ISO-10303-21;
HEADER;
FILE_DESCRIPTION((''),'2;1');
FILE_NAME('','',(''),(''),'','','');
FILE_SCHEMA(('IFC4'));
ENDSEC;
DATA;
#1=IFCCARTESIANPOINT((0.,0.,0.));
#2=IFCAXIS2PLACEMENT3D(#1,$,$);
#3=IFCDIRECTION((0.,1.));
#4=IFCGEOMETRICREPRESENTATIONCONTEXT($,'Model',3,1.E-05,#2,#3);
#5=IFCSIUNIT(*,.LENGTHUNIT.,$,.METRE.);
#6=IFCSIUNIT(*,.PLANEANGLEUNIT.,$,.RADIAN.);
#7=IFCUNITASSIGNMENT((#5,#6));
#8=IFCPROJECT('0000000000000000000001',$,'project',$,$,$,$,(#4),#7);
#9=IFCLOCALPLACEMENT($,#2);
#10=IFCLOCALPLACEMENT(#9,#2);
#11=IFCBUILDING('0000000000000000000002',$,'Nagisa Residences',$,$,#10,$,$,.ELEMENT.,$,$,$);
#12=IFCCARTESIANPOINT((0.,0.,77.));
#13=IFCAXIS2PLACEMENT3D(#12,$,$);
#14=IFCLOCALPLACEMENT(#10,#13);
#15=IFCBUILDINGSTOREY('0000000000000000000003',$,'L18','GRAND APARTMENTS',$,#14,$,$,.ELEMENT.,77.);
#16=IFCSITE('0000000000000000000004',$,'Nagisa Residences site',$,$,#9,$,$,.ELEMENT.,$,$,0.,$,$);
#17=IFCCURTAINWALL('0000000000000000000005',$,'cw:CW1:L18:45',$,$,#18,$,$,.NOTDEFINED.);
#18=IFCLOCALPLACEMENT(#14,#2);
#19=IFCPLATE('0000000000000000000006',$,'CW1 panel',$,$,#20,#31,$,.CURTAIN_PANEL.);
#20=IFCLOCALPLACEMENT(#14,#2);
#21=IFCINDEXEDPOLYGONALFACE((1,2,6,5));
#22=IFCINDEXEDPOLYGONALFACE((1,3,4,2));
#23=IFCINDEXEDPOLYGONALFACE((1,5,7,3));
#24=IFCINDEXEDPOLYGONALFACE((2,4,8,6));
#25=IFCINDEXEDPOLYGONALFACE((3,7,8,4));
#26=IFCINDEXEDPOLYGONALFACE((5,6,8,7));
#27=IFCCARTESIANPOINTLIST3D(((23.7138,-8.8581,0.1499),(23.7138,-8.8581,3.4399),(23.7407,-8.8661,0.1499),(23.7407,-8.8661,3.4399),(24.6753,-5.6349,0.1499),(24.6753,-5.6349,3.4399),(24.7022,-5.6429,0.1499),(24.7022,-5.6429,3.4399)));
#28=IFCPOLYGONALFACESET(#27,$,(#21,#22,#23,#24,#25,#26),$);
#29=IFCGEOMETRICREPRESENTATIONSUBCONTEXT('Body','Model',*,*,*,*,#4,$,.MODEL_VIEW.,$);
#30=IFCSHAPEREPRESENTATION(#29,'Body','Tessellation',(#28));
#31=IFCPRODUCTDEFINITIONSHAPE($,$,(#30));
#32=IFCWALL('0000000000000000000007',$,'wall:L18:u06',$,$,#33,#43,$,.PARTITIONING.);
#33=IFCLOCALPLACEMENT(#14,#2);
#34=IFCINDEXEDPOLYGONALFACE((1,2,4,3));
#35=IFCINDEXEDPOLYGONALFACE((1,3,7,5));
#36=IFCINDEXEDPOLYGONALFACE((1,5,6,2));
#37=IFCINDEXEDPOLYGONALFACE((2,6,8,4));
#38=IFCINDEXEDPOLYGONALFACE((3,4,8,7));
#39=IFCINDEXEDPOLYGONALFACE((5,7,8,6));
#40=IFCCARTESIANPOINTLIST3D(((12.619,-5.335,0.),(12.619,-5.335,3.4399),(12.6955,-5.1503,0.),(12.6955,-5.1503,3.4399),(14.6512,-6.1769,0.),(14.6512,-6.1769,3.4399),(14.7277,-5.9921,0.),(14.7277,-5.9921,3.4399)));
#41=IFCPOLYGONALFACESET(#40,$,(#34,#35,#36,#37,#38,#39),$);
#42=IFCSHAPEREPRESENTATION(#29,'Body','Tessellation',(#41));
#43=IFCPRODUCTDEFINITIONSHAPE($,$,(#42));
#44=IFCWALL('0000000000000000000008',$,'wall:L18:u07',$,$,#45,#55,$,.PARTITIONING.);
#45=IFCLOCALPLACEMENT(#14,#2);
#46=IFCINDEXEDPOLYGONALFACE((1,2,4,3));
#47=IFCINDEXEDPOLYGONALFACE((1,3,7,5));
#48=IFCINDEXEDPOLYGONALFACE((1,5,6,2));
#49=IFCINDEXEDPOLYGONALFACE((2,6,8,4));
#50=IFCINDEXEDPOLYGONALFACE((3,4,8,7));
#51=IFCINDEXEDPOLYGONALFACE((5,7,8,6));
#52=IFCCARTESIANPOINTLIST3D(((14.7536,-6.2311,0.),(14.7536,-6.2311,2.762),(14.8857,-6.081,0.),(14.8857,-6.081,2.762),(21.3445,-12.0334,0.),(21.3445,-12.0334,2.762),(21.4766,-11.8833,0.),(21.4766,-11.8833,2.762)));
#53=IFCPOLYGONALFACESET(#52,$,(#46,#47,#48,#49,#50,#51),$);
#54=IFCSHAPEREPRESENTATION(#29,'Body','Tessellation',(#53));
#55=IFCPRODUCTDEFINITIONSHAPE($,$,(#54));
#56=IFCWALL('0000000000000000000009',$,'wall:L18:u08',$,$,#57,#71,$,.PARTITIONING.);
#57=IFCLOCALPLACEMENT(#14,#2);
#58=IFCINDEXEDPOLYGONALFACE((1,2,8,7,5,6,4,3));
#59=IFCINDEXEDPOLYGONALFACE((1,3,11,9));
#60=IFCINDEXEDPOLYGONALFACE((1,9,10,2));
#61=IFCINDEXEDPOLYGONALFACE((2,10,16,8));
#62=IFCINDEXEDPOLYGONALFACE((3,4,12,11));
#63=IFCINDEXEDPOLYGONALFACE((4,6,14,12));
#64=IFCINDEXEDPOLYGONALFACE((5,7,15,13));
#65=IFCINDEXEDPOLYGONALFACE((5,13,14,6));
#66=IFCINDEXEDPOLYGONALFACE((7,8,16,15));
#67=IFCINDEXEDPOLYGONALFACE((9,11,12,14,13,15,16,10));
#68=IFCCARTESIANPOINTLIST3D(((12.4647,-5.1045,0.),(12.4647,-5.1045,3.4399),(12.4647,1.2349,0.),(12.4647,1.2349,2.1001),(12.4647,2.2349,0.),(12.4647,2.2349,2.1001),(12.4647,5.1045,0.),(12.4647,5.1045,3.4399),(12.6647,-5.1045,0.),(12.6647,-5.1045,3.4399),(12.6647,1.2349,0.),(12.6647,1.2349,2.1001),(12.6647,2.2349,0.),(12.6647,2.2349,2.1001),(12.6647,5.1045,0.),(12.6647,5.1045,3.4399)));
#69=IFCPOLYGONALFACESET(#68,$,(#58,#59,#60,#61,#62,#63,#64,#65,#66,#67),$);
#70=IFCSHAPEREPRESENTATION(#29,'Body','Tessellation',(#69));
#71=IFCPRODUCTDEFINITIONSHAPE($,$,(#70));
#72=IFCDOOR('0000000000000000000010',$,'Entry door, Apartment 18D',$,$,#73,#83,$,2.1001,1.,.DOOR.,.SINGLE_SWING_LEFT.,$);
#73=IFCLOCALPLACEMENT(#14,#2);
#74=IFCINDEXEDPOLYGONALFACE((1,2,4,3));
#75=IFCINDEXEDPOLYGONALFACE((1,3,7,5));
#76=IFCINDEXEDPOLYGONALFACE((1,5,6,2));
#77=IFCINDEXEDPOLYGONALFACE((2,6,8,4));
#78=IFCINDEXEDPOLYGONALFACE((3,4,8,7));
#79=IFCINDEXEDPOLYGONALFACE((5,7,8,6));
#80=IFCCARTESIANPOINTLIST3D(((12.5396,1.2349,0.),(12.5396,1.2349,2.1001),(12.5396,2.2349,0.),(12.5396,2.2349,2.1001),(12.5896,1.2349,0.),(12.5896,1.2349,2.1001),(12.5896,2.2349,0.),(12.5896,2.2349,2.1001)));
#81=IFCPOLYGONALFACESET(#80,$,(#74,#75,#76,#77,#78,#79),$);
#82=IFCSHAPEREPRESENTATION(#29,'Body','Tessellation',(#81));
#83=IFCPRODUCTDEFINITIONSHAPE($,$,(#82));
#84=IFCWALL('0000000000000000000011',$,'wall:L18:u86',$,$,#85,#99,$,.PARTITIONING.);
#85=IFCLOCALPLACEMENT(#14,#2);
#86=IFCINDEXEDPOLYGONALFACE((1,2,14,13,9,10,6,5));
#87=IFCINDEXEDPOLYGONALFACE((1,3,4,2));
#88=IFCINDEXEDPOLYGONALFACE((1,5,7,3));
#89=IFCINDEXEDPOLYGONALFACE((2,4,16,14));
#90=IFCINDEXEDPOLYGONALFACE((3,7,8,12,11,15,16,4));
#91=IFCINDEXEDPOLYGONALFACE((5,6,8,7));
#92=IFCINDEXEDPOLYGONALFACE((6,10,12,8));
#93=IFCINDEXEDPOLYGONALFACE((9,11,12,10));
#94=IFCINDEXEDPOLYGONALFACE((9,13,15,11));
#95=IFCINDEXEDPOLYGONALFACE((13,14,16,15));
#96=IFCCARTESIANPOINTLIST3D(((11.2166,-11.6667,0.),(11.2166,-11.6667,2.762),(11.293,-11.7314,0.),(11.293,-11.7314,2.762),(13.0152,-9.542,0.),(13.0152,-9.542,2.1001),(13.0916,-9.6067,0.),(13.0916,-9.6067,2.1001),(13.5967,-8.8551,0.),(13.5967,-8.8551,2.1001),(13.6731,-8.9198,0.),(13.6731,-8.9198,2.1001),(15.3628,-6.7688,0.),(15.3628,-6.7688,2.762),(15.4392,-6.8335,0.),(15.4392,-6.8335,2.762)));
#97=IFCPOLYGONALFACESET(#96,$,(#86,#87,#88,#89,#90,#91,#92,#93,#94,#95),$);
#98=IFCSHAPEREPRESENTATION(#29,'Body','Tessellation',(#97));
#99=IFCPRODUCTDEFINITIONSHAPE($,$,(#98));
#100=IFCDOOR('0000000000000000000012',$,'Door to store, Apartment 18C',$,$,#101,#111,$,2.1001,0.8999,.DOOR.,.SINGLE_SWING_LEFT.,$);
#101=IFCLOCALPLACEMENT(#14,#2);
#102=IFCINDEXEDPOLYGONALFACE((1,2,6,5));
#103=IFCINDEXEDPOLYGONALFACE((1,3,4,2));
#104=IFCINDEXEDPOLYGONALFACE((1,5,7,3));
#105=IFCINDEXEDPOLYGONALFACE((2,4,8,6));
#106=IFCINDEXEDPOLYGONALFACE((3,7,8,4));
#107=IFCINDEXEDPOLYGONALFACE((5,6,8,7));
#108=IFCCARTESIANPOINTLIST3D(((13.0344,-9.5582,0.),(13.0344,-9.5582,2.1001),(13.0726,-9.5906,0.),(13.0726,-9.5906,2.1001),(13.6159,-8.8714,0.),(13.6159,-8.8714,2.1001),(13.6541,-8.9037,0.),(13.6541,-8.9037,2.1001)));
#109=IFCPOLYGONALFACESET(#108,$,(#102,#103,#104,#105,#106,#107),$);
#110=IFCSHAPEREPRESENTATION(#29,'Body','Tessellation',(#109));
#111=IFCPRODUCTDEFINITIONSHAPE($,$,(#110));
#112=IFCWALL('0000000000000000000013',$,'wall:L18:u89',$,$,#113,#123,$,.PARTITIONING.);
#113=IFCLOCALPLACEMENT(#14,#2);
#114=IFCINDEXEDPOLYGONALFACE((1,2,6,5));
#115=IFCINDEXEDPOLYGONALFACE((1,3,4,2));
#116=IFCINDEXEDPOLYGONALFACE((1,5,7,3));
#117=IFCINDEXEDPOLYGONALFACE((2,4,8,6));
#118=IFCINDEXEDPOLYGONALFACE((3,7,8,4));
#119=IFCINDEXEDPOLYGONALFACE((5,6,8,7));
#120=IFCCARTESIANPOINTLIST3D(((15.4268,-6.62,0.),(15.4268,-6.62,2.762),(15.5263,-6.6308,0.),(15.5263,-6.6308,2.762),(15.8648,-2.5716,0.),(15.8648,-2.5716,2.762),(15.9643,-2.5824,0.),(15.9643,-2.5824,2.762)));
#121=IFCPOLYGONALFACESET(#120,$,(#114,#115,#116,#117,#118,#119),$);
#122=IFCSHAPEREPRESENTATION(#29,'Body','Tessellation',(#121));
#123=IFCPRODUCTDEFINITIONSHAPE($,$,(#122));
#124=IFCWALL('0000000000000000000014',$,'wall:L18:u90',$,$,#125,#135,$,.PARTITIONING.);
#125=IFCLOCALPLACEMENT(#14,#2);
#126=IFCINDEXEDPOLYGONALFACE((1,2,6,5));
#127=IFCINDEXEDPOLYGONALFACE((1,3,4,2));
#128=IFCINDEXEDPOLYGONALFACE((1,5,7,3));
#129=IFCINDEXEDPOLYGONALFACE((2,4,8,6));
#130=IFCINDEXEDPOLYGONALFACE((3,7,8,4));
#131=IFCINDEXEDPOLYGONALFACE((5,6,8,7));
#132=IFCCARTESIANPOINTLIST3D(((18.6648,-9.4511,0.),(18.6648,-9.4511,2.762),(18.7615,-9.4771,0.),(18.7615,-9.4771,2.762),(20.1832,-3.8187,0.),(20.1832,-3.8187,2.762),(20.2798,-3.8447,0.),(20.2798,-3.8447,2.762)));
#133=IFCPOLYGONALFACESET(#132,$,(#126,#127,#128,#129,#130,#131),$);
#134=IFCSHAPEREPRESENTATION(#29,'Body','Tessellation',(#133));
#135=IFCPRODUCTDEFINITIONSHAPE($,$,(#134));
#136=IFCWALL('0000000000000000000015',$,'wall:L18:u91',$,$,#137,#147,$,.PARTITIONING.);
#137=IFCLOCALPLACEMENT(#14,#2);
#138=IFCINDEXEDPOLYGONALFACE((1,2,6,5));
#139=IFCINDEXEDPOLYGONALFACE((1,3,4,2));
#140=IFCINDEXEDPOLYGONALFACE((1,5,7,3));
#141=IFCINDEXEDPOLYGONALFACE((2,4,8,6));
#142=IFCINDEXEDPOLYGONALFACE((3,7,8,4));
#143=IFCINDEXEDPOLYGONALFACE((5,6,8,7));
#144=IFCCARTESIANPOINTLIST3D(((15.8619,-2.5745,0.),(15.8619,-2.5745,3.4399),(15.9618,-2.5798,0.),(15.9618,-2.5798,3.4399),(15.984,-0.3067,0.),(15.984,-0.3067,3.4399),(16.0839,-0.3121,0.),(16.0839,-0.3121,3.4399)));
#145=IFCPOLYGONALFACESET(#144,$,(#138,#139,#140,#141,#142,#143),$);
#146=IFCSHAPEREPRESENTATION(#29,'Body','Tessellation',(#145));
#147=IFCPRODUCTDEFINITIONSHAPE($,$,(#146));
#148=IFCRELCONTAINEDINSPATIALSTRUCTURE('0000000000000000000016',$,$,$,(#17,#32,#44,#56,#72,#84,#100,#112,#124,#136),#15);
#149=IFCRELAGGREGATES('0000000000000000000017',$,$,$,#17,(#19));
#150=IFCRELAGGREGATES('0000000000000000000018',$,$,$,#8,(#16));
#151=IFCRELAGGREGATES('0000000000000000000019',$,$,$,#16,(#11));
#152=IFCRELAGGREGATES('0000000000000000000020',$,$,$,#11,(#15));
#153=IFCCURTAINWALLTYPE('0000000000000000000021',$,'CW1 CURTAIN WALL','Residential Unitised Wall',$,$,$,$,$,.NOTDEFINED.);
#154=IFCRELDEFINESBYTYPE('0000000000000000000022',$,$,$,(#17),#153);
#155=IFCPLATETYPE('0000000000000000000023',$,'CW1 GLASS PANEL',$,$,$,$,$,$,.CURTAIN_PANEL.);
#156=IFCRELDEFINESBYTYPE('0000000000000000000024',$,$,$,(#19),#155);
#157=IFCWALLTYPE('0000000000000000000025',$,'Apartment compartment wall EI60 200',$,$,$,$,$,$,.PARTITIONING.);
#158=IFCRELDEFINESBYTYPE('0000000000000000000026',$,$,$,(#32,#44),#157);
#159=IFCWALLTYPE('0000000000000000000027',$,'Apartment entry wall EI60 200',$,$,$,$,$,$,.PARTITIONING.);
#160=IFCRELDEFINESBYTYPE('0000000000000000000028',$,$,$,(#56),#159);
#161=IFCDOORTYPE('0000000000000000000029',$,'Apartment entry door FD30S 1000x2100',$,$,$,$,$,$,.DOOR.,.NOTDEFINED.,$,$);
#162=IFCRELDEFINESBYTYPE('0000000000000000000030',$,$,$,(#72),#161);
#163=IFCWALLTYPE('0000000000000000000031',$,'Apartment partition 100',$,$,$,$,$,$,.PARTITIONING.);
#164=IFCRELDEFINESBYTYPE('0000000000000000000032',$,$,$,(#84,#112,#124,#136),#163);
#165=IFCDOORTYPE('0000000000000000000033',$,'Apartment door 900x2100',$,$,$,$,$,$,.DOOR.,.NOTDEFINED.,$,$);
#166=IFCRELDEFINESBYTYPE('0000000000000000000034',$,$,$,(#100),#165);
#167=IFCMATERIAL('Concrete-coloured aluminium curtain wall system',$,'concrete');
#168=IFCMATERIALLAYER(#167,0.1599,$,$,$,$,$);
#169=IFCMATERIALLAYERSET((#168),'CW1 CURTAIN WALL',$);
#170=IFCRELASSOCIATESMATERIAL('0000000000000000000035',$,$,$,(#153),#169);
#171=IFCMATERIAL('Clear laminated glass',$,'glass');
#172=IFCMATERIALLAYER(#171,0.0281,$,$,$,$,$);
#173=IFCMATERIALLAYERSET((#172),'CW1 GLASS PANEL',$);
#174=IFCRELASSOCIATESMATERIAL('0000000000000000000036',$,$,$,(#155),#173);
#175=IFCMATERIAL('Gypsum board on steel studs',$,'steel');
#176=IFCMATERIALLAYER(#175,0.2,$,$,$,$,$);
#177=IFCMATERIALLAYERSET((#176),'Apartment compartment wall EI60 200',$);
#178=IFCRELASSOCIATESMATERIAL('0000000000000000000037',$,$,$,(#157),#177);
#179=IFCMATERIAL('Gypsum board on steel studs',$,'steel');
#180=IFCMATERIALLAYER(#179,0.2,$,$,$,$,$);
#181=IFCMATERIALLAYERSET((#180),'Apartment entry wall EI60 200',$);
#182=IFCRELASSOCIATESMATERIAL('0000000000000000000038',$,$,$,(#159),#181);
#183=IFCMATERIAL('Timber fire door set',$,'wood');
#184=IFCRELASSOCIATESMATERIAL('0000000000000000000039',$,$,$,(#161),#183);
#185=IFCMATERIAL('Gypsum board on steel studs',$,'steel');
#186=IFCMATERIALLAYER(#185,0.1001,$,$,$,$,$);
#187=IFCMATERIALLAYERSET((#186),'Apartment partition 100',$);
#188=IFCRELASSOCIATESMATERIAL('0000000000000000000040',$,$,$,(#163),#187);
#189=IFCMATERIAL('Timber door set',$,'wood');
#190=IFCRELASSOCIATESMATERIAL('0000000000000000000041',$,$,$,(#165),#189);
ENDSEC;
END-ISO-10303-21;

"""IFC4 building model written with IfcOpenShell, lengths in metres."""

from ifc_helpers import new_model, si_unit, direction, frame, frame_2d, origin, origin_2d, place, context, subcontext, project, spatial, rectangle, extrude, material, layer, layer_set, type_object, element, fill, aggregate, save


model = new_model("IFC4")

# Units and contexts
model_context = context("Model", 3, precision=1e-05, world=origin(), true_north=direction((0.0, 1.0)))
body_context = subcontext(model_context, "Body", "Model", "MODEL_VIEW")
ifc_project = project(units=[si_unit("LENGTHUNIT", "METRE"), si_unit("PLANEANGLEUNIT", "RADIAN")], contexts=[model_context])

# Site, building, storey
site_placement = place(None, origin())
site = spatial("IfcSite", under=ifc_project, at=site_placement, Name="Nagisa Residences site", CompositionType="ELEMENT", RefElevation=0.0)
building_placement = place(site_placement, origin())
building = spatial("IfcBuilding", under=site, at=building_placement, Name="Nagisa Residences", CompositionType="ELEMENT")
storey_placement = place(building_placement, frame((0.0, 0.0, 77.0)))
storey = spatial("IfcBuildingStorey", under=building, at=storey_placement, Name="L18", Description="GRAND APARTMENTS", CompositionType="ELEMENT", Elevation=77.0)

# Curtain wall
ifc_material_1 = material(Name="Concrete-coloured aluminium curtain wall system", Category="concrete")
ifc_layer_1 = layer(ifc_material_1, 0.1599)
ifc_layer_set_1 = layer_set([ifc_layer_1], Name="CW1 CURTAIN WALL")
curtain_wall_type = type_object("IfcCurtainWallType", Name="CW1 CURTAIN WALL", Description="Residential Unitised Wall", PredefinedType="NOTDEFINED", material=ifc_layer_set_1)
curtain_wall_1_placement = place(storey_placement, origin())
curtain_wall_1 = element("IfcCurtainWall", 1, at=curtain_wall_1_placement, inside=storey, type_object=curtain_wall_type, Name="cw:CW1:L18:45", PredefinedType="NOTDEFINED")

# Plate
ifc_material_2 = material(Name="Clear laminated glass", Category="glass")
ifc_layer_2 = layer(ifc_material_2, 0.0281)
ifc_layer_set_2 = layer_set([ifc_layer_2], Name="CW1 GLASS PANEL")
plate_type = type_object("IfcPlateType", Name="CW1 GLASS PANEL", PredefinedType="CURTAIN_PANEL", material=ifc_layer_set_2)
plate_placement = place(storey_placement, frame((24.208, -7.2505, 0.1499), z_axis=(0.0, 0.0, 1.0), x_axis=(0.28586, 0.958271, 0.0)))
plate = element("IfcPlate", 2, at=plate_placement, type_object=plate_type, Name="CW1 panel", PredefinedType="CURTAIN_PANEL", context=body_context, shape_type="SweptSolid", body=[
    extrude(rectangle(XDim=3.3635, YDim=0.0281, at=origin_2d()), origin(), (0.0, 0.0, 1.0), 3.29),
])
aggregate(curtain_wall_1, [plate])

# Walls
ifc_material_3 = material(Name="Gypsum board on steel studs", Category="steel")
ifc_layer_3 = layer(ifc_material_3, 0.2)
ifc_layer_set_3 = layer_set([ifc_layer_3], Name="Apartment compartment wall EI60 200")
wall_type_1 = type_object("IfcWallType", Name="Apartment compartment wall EI60 200", PredefinedType="PARTITIONING", material=ifc_layer_set_3)
wall_1_placement = place(storey_placement, frame((12.6572, -5.2427, 0.0), z_axis=(0.0, 0.0, 1.0), x_axis=(0.923876, -0.382692, 0.0)))
element("IfcWall", 3, at=wall_1_placement, inside=storey, type_object=wall_type_1, Name="wall:L18:u06", PredefinedType="PARTITIONING", context=body_context, shape_type="SweptSolid", body=[
    extrude(rectangle(XDim=2.1997, YDim=0.2, at=frame_2d((1.0999, 0.0))), origin(), (0.0, 0.0, 1.0), 3.4399),
])
wall_2_placement = place(storey_placement, frame((14.8196, -6.156, 0.0), z_axis=(0.0, 0.0, 1.0), x_axis=(0.750582, -0.660777, 0.0)))
element("IfcWall", 4, at=wall_2_placement, inside=storey, type_object=wall_type_1, Name="wall:L18:u07", PredefinedType="PARTITIONING", context=body_context, shape_type="SweptSolid", body=[
    extrude(rectangle(XDim=8.781, YDim=0.2, at=frame_2d((4.3906, 0.0))), origin(), (0.0, 0.0, 1.0), 2.762),
])

# Walls, openings, doors
ifc_material_4 = material(Name="Gypsum board on steel studs", Category="steel")
ifc_layer_4 = layer(ifc_material_4, 0.2)
ifc_layer_set_4 = layer_set([ifc_layer_4], Name="Apartment entry wall EI60 200")
wall_type_2 = type_object("IfcWallType", Name="Apartment entry wall EI60 200", PredefinedType="PARTITIONING", material=ifc_layer_set_4)
wall_3_placement = place(storey_placement, frame((12.5647, -5.1045, 0.0), z_axis=(0.0, 0.0, 1.0), x_axis=(0.0, 1.0, 0.0)))
wall_3 = element("IfcWall", 5, at=wall_3_placement, inside=storey, type_object=wall_type_2, Name="wall:L18:u08", PredefinedType="PARTITIONING", context=body_context, shape_type="SweptSolid", body=[
    extrude(rectangle(XDim=10.209, YDim=0.2, at=frame_2d((5.1045, 0.0))), origin(), (0.0, 0.0, 1.0), 3.4399),
])
opening_1_placement = place(wall_3_placement, frame((6.3394, 0.0, 0.0)))
opening_1 = element("IfcOpeningElement", 6, at=opening_1_placement, cuts=wall_3, PredefinedType="OPENING", context=body_context, shape_type="SweptSolid", body=[
    extrude(rectangle(XDim=1.0, YDim=2.1001, at=frame_2d((0.5, 1.05))), frame((0.0, 0.1099, 0.0), z_axis=(0.0, -1.0, 0.0), x_axis=(1.0, 0.0, 0.0)), (0.0, 0.0, 1.0), 0.22),
])
ifc_material_5 = material(Name="Timber fire door set", Category="wood")
door_type_1 = type_object("IfcDoorType", Name="Apartment entry door FD30S 1000x2100", OperationType="NOTDEFINED", PredefinedType="DOOR", material=ifc_material_5)
door_1_placement = place(opening_1_placement, frame((1.0, 0.0, 0.0), x_axis=(-1.0, 0.0, 0.0)))
door_1 = element("IfcDoor", 7, at=door_1_placement, inside=storey, type_object=door_type_1, Name="Entry door, Apartment 18D", OperationType="SINGLE_SWING_LEFT", OverallHeight=2.1001, OverallWidth=1.0, PredefinedType="DOOR", context=body_context, shape_type="SweptSolid", body=[
    extrude(rectangle(XDim=1.0, YDim=2.1001, at=frame_2d((0.5, 1.05))), frame((0.0, 0.0249, 0.0), z_axis=(0.0, -1.0, 0.0), x_axis=(1.0, 0.0, 0.0)), (0.0, 0.0, 1.0), 0.05),
])
fill(opening_1, door_1)
ifc_material_6 = material(Name="Gypsum board on steel studs", Category="steel")
ifc_layer_5 = layer(ifc_material_6, 0.1001)
ifc_layer_set_5 = layer_set([ifc_layer_5], Name="Apartment partition 100")
wall_type_3 = type_object("IfcWallType", Name="Apartment partition 100", PredefinedType="PARTITIONING", material=ifc_layer_set_5)
wall_4_placement = place(storey_placement, frame((11.2549, -11.699, 0.0), z_axis=(0.0, 0.0, 1.0), x_axis=(0.646108, 0.763246, 0.0)))
wall_4 = element("IfcWall", 8, at=wall_4_placement, inside=storey, type_object=wall_type_3, Name="wall:L18:u86", PredefinedType="PARTITIONING", context=body_context, shape_type="SweptSolid", body=[
    extrude(rectangle(XDim=6.4172, YDim=0.1001, at=frame_2d((3.2085, 0.0))), origin(), (0.0, 0.0, 1.0), 2.762),
])
opening_2_placement = place(wall_4_placement, frame((2.7837, 0.0, 0.0)))
opening_2 = element("IfcOpeningElement", 9, at=opening_2_placement, cuts=wall_4, PredefinedType="OPENING", context=body_context, shape_type="SweptSolid", body=[
    extrude(rectangle(XDim=0.8999, YDim=2.1001, at=frame_2d((0.45, 1.05))), frame((0.0, 0.0601, 0.0), z_axis=(0.0, -1.0, 0.0), x_axis=(1.0, 0.0, 0.0)), (0.0, 0.0, 1.0), 0.1201),
])
ifc_material_7 = material(Name="Timber door set", Category="wood")
door_type_2 = type_object("IfcDoorType", Name="Apartment door 900x2100", OperationType="NOTDEFINED", PredefinedType="DOOR", material=ifc_material_7)
door_2_placement = place(opening_2_placement, origin())
door_2 = element("IfcDoor", 10, at=door_2_placement, inside=storey, type_object=door_type_2, Name="Door to store, Apartment 18C", OperationType="SINGLE_SWING_LEFT", OverallHeight=2.1001, OverallWidth=0.8999, PredefinedType="DOOR", context=body_context, shape_type="SweptSolid", body=[
    extrude(rectangle(XDim=0.8999, YDim=2.1001, at=frame_2d((0.45, 1.05))), frame((0.0, 0.0249, 0.0), z_axis=(0.0, -1.0, 0.0), x_axis=(1.0, 0.0, 0.0)), (0.0, 0.0, 1.0), 0.05),
])
fill(opening_2, door_2)

# Walls
wall_5_placement = place(storey_placement, frame((15.4766, -6.6255, 0.0), z_axis=(0.0, 0.0, 1.0), x_axis=(0.107562, 0.994198, 0.0)))
element("IfcWall", 11, at=wall_5_placement, inside=storey, type_object=wall_type_3, Name="wall:L18:u89", PredefinedType="PARTITIONING", context=body_context, shape_type="SweptSolid", body=[
    extrude(rectangle(XDim=4.072, YDim=0.1001, at=frame_2d((2.0361, 0.0))), origin(), (0.0, 0.0, 1.0), 2.762),
])
wall_6_placement = place(storey_placement, frame((18.7131, -9.4641, 0.0), z_axis=(0.0, 0.0, 1.0), x_axis=(0.26028, 0.965533, 0.0)))
element("IfcWall", 12, at=wall_6_placement, inside=storey, type_object=wall_type_3, Name="wall:L18:u90", PredefinedType="PARTITIONING", context=body_context, shape_type="SweptSolid", body=[
    extrude(rectangle(XDim=5.8335, YDim=0.1001, at=frame_2d((2.9167, 0.0))), origin(), (0.0, 0.0, 1.0), 2.762),
])
wall_7_placement = place(storey_placement, frame((15.9119, -2.5771, 0.0), z_axis=(0.0, 0.0, 1.0), x_axis=(0.053749, 0.998554, 0.0)))
element("IfcWall", 13, at=wall_7_placement, inside=storey, type_object=wall_type_3, Name="wall:L18:u91", PredefinedType="PARTITIONING", context=body_context, shape_type="SweptSolid", body=[
    extrude(rectangle(XDim=2.271, YDim=0.1001, at=frame_2d((1.1355, 0.0))), origin(), (0.0, 0.0, 1.0), 3.4399),
])

save(model, "model.ifc")
